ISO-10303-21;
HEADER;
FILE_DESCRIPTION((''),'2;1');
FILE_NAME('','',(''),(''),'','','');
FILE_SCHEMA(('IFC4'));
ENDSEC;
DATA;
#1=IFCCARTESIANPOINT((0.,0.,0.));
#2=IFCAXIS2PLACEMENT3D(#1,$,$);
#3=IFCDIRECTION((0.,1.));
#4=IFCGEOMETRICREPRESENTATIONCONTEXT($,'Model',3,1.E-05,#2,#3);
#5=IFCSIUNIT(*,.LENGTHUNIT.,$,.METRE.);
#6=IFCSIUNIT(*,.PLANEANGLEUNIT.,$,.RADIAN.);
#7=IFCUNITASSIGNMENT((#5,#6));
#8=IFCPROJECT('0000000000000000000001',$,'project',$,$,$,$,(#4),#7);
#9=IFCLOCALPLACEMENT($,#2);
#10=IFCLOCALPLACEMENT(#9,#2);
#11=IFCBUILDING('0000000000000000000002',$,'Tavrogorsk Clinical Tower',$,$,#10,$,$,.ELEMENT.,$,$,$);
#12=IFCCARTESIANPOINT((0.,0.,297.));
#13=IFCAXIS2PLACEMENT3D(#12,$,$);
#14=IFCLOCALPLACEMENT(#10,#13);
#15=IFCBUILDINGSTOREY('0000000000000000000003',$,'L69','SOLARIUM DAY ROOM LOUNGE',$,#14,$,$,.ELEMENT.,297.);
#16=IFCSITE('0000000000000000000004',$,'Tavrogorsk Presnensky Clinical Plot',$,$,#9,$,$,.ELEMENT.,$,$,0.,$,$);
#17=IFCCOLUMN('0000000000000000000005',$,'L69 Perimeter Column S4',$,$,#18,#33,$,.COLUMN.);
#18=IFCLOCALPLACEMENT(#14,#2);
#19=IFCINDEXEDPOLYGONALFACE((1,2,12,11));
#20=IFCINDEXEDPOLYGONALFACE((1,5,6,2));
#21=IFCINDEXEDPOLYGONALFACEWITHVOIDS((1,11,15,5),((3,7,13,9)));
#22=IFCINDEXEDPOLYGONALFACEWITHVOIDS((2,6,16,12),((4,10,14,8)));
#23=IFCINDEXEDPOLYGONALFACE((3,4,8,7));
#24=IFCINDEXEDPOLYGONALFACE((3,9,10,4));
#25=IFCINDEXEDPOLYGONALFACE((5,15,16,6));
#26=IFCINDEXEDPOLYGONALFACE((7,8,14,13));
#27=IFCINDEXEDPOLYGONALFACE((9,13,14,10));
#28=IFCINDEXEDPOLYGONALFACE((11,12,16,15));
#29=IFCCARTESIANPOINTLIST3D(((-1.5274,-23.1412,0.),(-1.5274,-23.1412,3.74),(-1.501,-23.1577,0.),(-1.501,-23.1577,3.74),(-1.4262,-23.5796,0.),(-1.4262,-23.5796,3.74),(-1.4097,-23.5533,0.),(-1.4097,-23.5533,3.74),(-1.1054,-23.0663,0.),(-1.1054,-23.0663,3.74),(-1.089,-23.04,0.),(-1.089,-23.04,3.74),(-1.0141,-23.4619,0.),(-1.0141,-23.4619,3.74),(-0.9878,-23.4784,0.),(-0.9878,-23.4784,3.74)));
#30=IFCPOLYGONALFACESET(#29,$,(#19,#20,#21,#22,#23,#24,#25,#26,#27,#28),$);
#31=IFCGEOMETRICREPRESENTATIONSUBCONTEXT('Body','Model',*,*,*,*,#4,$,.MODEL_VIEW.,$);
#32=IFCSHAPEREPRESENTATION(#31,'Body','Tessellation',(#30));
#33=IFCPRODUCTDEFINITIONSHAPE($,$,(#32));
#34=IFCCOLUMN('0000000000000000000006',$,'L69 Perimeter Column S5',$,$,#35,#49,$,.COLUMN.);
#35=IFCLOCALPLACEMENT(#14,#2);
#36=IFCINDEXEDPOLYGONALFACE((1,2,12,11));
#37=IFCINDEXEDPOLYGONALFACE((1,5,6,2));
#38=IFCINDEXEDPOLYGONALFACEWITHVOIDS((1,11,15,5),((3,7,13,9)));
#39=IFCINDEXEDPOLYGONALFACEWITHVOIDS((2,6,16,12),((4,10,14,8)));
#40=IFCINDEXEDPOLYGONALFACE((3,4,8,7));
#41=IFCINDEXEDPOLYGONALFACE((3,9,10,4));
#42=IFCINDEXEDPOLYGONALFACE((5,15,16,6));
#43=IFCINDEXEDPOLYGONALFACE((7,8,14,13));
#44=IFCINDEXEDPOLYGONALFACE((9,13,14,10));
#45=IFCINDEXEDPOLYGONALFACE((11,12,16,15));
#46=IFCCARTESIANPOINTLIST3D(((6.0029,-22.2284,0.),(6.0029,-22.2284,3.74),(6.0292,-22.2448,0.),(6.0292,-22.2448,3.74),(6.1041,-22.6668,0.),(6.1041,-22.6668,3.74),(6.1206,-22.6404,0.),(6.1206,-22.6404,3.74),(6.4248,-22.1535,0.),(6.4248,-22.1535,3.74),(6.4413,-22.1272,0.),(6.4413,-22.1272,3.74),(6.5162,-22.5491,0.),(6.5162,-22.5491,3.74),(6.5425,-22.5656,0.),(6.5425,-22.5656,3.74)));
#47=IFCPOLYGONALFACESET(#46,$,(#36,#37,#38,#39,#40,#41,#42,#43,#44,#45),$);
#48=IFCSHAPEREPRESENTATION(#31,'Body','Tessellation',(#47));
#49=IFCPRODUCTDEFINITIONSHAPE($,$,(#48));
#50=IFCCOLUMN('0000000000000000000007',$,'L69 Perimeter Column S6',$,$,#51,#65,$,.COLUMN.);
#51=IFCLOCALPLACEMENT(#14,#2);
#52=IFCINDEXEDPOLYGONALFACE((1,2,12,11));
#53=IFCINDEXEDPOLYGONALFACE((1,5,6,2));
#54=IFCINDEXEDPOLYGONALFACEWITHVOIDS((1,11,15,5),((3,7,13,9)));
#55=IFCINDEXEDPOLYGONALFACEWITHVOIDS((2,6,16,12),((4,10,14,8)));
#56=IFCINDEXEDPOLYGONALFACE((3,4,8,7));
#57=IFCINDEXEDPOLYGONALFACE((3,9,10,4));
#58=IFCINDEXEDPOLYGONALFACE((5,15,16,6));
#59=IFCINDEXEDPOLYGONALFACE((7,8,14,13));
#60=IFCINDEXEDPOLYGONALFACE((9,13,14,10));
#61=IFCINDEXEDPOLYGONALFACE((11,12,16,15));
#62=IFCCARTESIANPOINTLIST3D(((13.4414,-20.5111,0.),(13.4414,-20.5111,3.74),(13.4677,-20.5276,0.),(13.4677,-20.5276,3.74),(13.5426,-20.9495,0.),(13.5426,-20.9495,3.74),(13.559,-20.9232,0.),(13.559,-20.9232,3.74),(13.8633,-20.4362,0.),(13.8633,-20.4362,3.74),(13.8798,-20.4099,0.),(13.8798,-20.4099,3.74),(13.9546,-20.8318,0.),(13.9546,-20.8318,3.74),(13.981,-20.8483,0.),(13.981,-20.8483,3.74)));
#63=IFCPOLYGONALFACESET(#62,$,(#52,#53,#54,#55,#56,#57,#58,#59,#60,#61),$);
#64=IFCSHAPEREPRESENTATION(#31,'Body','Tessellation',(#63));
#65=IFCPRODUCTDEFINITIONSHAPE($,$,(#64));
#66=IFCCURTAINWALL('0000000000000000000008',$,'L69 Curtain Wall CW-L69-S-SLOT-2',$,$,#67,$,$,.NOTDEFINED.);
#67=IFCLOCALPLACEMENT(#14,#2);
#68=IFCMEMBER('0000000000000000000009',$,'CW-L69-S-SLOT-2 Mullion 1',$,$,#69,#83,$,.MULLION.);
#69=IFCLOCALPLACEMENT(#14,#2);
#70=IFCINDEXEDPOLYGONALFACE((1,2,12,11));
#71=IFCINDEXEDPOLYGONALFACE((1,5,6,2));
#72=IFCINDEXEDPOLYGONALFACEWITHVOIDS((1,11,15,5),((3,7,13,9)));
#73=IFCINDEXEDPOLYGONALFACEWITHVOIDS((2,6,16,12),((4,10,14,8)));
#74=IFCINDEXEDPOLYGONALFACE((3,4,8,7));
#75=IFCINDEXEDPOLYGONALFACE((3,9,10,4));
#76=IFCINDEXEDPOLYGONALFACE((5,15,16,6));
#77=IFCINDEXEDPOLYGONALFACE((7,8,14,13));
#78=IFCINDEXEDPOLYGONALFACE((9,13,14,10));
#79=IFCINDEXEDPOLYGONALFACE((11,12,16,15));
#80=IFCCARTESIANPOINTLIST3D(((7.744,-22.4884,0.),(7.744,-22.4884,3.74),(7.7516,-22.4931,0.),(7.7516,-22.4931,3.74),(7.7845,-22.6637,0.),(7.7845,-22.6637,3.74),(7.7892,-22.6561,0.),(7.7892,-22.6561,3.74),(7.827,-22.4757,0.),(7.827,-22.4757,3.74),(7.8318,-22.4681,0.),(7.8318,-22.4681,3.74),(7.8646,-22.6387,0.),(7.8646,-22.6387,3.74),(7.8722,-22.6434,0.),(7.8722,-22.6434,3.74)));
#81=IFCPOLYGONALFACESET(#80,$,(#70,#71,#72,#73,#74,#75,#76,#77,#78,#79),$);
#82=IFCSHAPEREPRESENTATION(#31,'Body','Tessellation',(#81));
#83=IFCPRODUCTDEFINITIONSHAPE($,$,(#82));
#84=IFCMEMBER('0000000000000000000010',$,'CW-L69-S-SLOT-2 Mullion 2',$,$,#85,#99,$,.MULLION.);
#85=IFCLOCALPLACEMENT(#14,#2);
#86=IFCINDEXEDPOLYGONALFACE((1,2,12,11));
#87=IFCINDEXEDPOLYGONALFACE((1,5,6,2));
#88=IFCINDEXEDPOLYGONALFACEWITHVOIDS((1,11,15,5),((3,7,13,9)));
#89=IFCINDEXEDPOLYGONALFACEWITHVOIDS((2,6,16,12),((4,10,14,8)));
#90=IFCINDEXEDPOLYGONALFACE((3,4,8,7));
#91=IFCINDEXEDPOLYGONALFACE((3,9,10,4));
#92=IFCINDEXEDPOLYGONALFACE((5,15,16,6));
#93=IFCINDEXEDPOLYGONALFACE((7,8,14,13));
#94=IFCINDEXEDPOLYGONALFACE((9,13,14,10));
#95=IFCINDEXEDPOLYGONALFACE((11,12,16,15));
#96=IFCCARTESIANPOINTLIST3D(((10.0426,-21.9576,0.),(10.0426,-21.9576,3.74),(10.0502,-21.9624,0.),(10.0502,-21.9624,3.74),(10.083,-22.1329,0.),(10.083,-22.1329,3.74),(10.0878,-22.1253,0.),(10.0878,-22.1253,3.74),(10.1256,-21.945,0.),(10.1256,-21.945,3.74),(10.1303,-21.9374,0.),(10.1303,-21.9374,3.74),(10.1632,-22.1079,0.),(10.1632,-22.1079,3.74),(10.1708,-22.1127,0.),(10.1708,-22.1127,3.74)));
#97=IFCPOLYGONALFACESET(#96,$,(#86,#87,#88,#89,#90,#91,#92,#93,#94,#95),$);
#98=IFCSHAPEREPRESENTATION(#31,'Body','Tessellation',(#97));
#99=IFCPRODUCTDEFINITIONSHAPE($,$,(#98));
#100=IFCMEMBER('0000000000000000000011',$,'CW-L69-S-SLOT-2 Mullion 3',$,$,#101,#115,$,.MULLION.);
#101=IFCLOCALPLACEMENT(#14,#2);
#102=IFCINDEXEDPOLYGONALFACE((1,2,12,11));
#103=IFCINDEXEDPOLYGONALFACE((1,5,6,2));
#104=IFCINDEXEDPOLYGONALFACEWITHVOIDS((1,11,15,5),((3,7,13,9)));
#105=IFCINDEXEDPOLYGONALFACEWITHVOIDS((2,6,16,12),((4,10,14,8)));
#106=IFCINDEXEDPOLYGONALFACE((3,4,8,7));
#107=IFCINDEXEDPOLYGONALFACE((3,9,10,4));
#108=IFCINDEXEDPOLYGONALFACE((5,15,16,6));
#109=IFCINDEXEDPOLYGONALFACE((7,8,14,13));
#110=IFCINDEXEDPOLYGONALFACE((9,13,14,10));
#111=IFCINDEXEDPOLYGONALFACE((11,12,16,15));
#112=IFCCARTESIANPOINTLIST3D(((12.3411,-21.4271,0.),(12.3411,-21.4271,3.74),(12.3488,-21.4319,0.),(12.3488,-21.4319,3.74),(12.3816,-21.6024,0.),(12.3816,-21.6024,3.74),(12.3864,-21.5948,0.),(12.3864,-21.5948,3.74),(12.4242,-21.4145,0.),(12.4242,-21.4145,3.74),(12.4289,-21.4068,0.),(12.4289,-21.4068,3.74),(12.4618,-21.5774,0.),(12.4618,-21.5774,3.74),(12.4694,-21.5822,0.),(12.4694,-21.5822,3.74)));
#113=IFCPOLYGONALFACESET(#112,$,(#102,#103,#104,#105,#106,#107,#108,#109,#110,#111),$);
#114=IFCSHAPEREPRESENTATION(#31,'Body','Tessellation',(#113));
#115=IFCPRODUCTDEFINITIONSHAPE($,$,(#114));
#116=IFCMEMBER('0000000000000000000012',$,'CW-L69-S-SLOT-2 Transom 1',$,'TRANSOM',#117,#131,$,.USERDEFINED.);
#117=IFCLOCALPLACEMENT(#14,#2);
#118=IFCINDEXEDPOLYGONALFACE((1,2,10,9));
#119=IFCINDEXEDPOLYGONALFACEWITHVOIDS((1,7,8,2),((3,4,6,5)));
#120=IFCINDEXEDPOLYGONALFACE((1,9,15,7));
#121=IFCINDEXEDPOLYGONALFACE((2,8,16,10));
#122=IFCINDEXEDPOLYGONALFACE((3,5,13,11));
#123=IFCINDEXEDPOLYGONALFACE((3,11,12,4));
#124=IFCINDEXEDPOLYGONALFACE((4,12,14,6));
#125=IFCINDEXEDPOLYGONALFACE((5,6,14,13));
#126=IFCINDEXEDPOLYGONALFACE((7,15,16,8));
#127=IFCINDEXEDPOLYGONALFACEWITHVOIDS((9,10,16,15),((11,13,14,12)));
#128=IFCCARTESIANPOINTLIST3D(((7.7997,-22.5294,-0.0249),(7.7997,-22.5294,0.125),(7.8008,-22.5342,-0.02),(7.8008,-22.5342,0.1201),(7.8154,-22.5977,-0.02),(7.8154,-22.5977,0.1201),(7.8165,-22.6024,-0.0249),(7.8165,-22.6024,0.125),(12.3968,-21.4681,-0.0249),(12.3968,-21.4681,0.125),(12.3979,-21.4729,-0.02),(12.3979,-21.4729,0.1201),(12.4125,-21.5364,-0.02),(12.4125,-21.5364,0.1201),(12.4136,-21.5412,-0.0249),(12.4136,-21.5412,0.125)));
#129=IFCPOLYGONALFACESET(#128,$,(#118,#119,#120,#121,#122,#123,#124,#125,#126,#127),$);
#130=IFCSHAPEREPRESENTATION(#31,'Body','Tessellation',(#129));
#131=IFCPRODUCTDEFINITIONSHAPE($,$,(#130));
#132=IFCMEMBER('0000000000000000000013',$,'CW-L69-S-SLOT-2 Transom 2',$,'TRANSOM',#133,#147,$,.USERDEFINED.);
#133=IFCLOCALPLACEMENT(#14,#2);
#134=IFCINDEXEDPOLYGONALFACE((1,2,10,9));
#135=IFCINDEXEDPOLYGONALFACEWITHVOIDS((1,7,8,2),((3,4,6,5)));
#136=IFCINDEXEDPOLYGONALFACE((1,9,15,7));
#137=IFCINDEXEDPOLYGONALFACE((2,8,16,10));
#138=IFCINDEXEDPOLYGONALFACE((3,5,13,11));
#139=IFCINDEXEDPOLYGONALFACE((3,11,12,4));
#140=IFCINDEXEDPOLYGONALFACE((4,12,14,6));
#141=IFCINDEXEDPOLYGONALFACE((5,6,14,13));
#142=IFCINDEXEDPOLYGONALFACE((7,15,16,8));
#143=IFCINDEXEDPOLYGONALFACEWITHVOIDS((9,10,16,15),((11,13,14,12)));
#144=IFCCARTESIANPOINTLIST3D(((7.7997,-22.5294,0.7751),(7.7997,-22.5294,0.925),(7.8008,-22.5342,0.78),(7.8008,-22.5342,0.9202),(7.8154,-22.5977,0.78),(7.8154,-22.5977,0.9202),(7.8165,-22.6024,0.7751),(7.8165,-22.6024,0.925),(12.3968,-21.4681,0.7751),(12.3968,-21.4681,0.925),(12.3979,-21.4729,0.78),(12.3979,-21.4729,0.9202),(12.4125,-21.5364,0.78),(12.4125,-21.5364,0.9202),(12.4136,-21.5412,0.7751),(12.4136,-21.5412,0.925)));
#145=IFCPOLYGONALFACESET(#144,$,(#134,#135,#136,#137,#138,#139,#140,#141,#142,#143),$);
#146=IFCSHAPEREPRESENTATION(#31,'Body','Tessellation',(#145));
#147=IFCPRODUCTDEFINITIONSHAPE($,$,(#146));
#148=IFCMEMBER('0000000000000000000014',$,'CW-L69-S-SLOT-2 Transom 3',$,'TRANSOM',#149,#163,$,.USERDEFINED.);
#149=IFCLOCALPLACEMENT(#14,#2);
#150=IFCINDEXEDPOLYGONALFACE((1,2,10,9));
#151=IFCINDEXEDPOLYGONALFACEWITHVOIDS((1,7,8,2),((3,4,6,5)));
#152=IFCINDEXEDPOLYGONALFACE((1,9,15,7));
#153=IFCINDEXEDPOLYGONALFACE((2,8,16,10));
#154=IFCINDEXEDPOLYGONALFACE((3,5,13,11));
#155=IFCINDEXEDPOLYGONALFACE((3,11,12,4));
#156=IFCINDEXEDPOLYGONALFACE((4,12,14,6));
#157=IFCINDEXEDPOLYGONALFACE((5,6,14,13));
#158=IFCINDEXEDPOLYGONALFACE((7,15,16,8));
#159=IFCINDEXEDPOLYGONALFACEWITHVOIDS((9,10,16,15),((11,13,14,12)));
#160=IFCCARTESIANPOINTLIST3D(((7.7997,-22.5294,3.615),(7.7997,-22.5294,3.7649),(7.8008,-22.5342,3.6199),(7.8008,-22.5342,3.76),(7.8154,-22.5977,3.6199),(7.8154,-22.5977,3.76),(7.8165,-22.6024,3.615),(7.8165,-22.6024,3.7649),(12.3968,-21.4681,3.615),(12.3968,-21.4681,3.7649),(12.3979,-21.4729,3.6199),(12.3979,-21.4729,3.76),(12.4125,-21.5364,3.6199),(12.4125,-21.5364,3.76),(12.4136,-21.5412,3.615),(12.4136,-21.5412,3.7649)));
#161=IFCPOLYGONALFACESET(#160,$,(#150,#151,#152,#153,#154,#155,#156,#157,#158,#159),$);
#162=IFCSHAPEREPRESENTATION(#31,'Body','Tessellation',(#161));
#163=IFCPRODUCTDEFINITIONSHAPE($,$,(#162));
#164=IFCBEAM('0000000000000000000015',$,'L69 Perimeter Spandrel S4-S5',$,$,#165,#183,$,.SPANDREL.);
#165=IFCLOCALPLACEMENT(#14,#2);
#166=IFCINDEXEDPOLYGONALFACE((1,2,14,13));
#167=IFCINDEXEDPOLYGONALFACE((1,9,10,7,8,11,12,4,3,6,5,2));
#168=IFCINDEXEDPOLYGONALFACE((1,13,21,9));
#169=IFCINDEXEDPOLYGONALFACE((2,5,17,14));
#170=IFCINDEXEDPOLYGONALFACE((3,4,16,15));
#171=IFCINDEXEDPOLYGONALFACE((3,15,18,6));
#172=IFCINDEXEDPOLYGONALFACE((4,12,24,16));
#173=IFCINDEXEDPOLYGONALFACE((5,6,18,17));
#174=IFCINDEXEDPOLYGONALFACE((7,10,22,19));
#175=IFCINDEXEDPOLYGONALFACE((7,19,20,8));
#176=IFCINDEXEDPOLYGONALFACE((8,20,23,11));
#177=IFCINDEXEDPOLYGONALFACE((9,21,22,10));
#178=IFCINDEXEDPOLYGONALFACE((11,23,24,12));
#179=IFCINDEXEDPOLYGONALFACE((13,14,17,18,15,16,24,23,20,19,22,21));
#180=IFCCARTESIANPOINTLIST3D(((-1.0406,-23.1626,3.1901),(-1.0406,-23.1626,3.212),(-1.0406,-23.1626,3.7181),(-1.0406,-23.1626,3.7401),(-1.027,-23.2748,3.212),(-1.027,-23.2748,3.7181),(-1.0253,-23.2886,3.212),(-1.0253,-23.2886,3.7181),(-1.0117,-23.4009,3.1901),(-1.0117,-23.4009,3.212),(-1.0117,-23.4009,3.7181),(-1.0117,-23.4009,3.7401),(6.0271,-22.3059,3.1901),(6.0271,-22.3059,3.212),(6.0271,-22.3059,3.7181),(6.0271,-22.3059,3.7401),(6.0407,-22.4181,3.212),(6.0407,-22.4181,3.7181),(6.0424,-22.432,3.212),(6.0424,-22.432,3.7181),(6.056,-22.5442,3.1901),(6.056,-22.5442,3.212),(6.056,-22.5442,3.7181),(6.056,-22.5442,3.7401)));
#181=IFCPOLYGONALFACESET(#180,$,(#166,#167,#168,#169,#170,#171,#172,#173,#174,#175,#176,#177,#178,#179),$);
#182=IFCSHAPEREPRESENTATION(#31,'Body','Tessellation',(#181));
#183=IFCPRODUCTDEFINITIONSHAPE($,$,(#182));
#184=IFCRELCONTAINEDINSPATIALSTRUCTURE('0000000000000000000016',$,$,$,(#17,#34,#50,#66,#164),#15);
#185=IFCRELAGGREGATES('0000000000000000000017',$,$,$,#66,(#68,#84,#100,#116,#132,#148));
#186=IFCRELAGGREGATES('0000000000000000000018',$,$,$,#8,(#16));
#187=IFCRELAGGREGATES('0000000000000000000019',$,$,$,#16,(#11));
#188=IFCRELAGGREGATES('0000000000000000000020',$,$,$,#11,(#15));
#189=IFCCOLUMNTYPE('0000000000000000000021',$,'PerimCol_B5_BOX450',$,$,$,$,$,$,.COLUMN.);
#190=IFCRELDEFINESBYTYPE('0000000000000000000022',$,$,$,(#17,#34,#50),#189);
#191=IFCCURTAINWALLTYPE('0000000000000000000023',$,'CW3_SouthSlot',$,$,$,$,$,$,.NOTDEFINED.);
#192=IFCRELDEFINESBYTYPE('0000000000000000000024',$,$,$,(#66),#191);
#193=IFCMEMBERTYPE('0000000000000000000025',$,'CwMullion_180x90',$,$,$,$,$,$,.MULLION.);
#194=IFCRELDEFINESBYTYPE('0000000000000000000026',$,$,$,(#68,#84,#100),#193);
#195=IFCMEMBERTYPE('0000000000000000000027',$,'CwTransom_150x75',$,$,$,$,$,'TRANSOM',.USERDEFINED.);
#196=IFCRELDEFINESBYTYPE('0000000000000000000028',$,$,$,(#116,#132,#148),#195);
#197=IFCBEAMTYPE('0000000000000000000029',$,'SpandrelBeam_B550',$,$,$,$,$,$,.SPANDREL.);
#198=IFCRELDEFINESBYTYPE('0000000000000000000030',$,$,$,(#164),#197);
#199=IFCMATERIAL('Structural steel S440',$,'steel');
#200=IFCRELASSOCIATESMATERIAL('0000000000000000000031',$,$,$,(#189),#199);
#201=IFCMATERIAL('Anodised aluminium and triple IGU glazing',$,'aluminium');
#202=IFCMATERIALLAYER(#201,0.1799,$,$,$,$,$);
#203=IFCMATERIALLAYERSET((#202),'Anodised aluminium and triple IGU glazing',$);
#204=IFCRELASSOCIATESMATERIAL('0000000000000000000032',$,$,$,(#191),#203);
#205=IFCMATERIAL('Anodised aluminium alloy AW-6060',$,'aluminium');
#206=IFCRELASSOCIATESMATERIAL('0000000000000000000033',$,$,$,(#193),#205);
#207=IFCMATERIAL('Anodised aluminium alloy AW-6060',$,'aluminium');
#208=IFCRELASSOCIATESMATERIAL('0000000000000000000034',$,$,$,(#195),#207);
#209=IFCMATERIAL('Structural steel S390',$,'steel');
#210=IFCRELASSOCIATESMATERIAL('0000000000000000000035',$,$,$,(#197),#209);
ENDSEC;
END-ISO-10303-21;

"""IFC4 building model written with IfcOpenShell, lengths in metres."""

from ifc_helpers import new_model, si_unit, direction, frame, origin, origin_2d, place, context, subcontext, project, spatial, hollow_rectangle, i_section, extrude, material, layer, layer_set, material_profile, profile_set, type_object, element, aggregate, save


model = new_model("IFC4")

# Units and contexts
model_context = context("Model", 3, precision=1e-05, world=origin(), true_north=direction((0.0, 1.0)))
body_context = subcontext(model_context, "Body", "Model", "MODEL_VIEW")
ifc_project = project(units=[si_unit("LENGTHUNIT", "METRE"), si_unit("PLANEANGLEUNIT", "RADIAN")], contexts=[model_context])

# Site, building, storey
site_placement = place(None, origin())
site = spatial("IfcSite", under=ifc_project, at=site_placement, Name="Tavrogorsk Presnensky Clinical Plot", CompositionType="ELEMENT", RefElevation=0.0)
building_placement = place(site_placement, origin())
building = spatial("IfcBuilding", under=site, at=building_placement, Name="Tavrogorsk Clinical Tower", CompositionType="ELEMENT")
storey_placement = place(building_placement, frame((0.0, 0.0, 297.0)))
storey = spatial("IfcBuildingStorey", under=building, at=storey_placement, Name="L69", Description="SOLARIUM DAY ROOM LOUNGE", CompositionType="ELEMENT", Elevation=297.0)

# Columns
ifc_material_1 = material(Name="Structural steel S440", Category="steel")
ifc_material_profile_1 = material_profile(ifc_material_1, hollow_rectangle(XDim=0.45, YDim=0.45, WallThickness=0.022, at=origin_2d()), Name="BOX-450x450x22")
ifc_profile_set_1 = profile_set([ifc_material_profile_1], Name="Structural steel S440")
column_type = type_object("IfcColumnType", Name="PerimCol_B5_BOX450", PredefinedType="COLUMN", material=ifc_profile_set_1)
for number, where, z_axis, x_axis, name in (
    (1, (-1.2576, -23.3098, 0.0), (0.0, 0.0, 1.0), (0.97437, 0.224951, 0.0), "L69 Perimeter Column S4"),
    (2, (6.2727, -22.397, 0.0), (0.0, 0.0, 1.0), (0.97437, 0.224951, 0.0), "L69 Perimeter Column S5"),
    (3, (13.7112, -20.6797, 0.0), (0.0, 0.0, 1.0), (0.97437, 0.224951, 0.0), "L69 Perimeter Column S6"),
):
    element("IfcColumn", number, at=place(storey_placement, frame(where, z_axis=z_axis, x_axis=x_axis)), inside=storey, type_object=column_type, Name=name, PredefinedType="COLUMN", context=body_context, shape_type="SweptSolid", body=[
        extrude(hollow_rectangle(XDim=0.45, YDim=0.45, WallThickness=0.022, at=origin_2d()), origin(), (0.0, 0.0, 1.0), 3.74),
    ])

# Curtain wall, members
ifc_material_2 = material(Name="Anodised aluminium and triple IGU glazing", Category="aluminium")
ifc_layer_1 = layer(ifc_material_2, 0.1799)
ifc_layer_set_1 = layer_set([ifc_layer_1], Name="Anodised aluminium and triple IGU glazing")
curtain_wall_type = type_object("IfcCurtainWallType", Name="CW3_SouthSlot", PredefinedType="NOTDEFINED", material=ifc_layer_set_1)
curtain_wall_placement = place(storey_placement, origin())
curtain_wall = element("IfcCurtainWall", 4, at=curtain_wall_placement, inside=storey, type_object=curtain_wall_type, Name="L69 Curtain Wall CW-L69-S-SLOT-2", PredefinedType="NOTDEFINED")
ifc_material_3 = material(Name="Anodised aluminium alloy AW-6060", Category="aluminium")
ifc_material_profile_2 = material_profile(ifc_material_3, hollow_rectangle(XDim=0.0901, YDim=0.1799, WallThickness=0.0063, at=origin_2d()), Name="RHS-180x90x6.3")
ifc_profile_set_2 = profile_set([ifc_material_profile_2], Name="Anodised aluminium alloy AW-6060")
member_type_1 = type_object("IfcMemberType", Name="CwMullion_180x90", PredefinedType="MULLION", material=ifc_profile_set_2)
member_1_placement = place(storey_placement, frame((7.8081, -22.5659, 0.0), z_axis=(0.0, 0.0, 1.0), x_axis=(0.97437, 0.224951, 0.0)))
member_1 = element("IfcMember", 5, at=member_1_placement, type_object=member_type_1, Name="CW-L69-S-SLOT-2 Mullion 1", PredefinedType="MULLION", context=body_context, shape_type="SweptSolid", body=[
    extrude(hollow_rectangle(XDim=0.0901, YDim=0.1799, WallThickness=0.0063, at=origin_2d()), origin(), (0.0, 0.0, 1.0), 3.74),
])
member_2_placement = place(storey_placement, frame((10.1067, -22.0352, 0.0), z_axis=(0.0, 0.0, 1.0), x_axis=(0.97437, 0.224951, 0.0)))
member_2 = element("IfcMember", 6, at=member_2_placement, type_object=member_type_1, Name="CW-L69-S-SLOT-2 Mullion 2", PredefinedType="MULLION", context=body_context, shape_type="SweptSolid", body=[
    extrude(hollow_rectangle(XDim=0.0901, YDim=0.1799, WallThickness=0.0063, at=origin_2d()), origin(), (0.0, 0.0, 1.0), 3.74),
])
member_3_placement = place(storey_placement, frame((12.4053, -21.5046, 0.0), z_axis=(0.0, 0.0, 1.0), x_axis=(0.97437, 0.224951, 0.0)))
member_3 = element("IfcMember", 7, at=member_3_placement, type_object=member_type_1, Name="CW-L69-S-SLOT-2 Mullion 3", PredefinedType="MULLION", context=body_context, shape_type="SweptSolid", body=[
    extrude(hollow_rectangle(XDim=0.0901, YDim=0.1799, WallThickness=0.0063, at=origin_2d()), origin(), (0.0, 0.0, 1.0), 3.74),
])
ifc_material_4 = material(Name="Anodised aluminium alloy AW-6060", Category="aluminium")
ifc_material_profile_3 = material_profile(ifc_material_4, hollow_rectangle(XDim=0.075, YDim=0.1499, WallThickness=0.0049, at=origin_2d()), Name="RHS-150x75x5")
ifc_profile_set_3 = profile_set([ifc_material_profile_3], Name="Anodised aluminium alloy AW-6060")
member_type_2 = type_object("IfcMemberType", Name="CwTransom_150x75", ElementType="TRANSOM", PredefinedType="USERDEFINED", material=ifc_profile_set_3)
member_4_placement = place(storey_placement, frame((7.8081, -22.5659, 0.05), z_axis=(0.974373, 0.224939, 0.0), x_axis=(-0.224939, 0.974373, 0.0)))
member_4 = element("IfcMember", 8, at=member_4_placement, type_object=member_type_2, Name="CW-L69-S-SLOT-2 Transom 1", ObjectType="TRANSOM", PredefinedType="USERDEFINED", context=body_context, shape_type="SweptSolid", body=[
    extrude(hollow_rectangle(XDim=0.075, YDim=0.1499, WallThickness=0.0049, at=origin_2d()), origin(), (0.0, 0.0, 1.0), 4.718),
])
member_5_placement = place(storey_placement, frame((7.8081, -22.5659, 0.8501), z_axis=(0.974373, 0.224939, 0.0), x_axis=(-0.224939, 0.974373, 0.0)))
member_5 = element("IfcMember", 9, at=member_5_placement, type_object=member_type_2, Name="CW-L69-S-SLOT-2 Transom 2", ObjectType="TRANSOM", PredefinedType="USERDEFINED", context=body_context, shape_type="SweptSolid", body=[
    extrude(hollow_rectangle(XDim=0.075, YDim=0.1499, WallThickness=0.0049, at=origin_2d()), origin(), (0.0, 0.0, 1.0), 4.718),
])
member_6_placement = place(storey_placement, frame((7.8081, -22.5659, 3.6899), z_axis=(0.974373, 0.224939, 0.0), x_axis=(-0.224939, 0.974373, 0.0)))
member_6 = element("IfcMember", 10, at=member_6_placement, type_object=member_type_2, Name="CW-L69-S-SLOT-2 Transom 3", ObjectType="TRANSOM", PredefinedType="USERDEFINED", context=body_context, shape_type="SweptSolid", body=[
    extrude(hollow_rectangle(XDim=0.075, YDim=0.1499, WallThickness=0.0049, at=origin_2d()), origin(), (0.0, 0.0, 1.0), 4.718),
])

# Beam
ifc_material_5 = material(Name="Structural steel S390", Category="steel")
ifc_material_profile_4 = material_profile(ifc_material_5, i_section(OverallWidth=0.24, OverallDepth=0.55, WebThickness=0.0139, FlangeThickness=0.022, at=origin_2d()), Name="B-550x240x14x22")
ifc_profile_set_4 = profile_set([ifc_material_profile_4], Name="Structural steel S390")
beam_type = type_object("IfcBeamType", Name="SpandrelBeam_B550", PredefinedType="SPANDREL", material=ifc_profile_set_4)
beam_placement = place(storey_placement, frame((-1.0261, -23.2817, 3.4651), z_axis=(0.992734, 0.120332, 0.0), x_axis=(-0.120332, 0.992734, 0.0)))
element("IfcBeam", 11, at=beam_placement, inside=storey, type_object=beam_type, Name="L69 Perimeter Spandrel S4-S5", PredefinedType="SPANDREL", context=body_context, shape_type="SweptSolid", body=[
    extrude(i_section(OverallWidth=0.24, OverallDepth=0.55, WebThickness=0.0139, FlangeThickness=0.022, at=origin_2d()), origin(), (0.0, 0.0, 1.0), 7.1194),
])

aggregate(curtain_wall, [member_1, member_2, member_3, member_4, member_5, member_6])

save(model, "model.ifc")
